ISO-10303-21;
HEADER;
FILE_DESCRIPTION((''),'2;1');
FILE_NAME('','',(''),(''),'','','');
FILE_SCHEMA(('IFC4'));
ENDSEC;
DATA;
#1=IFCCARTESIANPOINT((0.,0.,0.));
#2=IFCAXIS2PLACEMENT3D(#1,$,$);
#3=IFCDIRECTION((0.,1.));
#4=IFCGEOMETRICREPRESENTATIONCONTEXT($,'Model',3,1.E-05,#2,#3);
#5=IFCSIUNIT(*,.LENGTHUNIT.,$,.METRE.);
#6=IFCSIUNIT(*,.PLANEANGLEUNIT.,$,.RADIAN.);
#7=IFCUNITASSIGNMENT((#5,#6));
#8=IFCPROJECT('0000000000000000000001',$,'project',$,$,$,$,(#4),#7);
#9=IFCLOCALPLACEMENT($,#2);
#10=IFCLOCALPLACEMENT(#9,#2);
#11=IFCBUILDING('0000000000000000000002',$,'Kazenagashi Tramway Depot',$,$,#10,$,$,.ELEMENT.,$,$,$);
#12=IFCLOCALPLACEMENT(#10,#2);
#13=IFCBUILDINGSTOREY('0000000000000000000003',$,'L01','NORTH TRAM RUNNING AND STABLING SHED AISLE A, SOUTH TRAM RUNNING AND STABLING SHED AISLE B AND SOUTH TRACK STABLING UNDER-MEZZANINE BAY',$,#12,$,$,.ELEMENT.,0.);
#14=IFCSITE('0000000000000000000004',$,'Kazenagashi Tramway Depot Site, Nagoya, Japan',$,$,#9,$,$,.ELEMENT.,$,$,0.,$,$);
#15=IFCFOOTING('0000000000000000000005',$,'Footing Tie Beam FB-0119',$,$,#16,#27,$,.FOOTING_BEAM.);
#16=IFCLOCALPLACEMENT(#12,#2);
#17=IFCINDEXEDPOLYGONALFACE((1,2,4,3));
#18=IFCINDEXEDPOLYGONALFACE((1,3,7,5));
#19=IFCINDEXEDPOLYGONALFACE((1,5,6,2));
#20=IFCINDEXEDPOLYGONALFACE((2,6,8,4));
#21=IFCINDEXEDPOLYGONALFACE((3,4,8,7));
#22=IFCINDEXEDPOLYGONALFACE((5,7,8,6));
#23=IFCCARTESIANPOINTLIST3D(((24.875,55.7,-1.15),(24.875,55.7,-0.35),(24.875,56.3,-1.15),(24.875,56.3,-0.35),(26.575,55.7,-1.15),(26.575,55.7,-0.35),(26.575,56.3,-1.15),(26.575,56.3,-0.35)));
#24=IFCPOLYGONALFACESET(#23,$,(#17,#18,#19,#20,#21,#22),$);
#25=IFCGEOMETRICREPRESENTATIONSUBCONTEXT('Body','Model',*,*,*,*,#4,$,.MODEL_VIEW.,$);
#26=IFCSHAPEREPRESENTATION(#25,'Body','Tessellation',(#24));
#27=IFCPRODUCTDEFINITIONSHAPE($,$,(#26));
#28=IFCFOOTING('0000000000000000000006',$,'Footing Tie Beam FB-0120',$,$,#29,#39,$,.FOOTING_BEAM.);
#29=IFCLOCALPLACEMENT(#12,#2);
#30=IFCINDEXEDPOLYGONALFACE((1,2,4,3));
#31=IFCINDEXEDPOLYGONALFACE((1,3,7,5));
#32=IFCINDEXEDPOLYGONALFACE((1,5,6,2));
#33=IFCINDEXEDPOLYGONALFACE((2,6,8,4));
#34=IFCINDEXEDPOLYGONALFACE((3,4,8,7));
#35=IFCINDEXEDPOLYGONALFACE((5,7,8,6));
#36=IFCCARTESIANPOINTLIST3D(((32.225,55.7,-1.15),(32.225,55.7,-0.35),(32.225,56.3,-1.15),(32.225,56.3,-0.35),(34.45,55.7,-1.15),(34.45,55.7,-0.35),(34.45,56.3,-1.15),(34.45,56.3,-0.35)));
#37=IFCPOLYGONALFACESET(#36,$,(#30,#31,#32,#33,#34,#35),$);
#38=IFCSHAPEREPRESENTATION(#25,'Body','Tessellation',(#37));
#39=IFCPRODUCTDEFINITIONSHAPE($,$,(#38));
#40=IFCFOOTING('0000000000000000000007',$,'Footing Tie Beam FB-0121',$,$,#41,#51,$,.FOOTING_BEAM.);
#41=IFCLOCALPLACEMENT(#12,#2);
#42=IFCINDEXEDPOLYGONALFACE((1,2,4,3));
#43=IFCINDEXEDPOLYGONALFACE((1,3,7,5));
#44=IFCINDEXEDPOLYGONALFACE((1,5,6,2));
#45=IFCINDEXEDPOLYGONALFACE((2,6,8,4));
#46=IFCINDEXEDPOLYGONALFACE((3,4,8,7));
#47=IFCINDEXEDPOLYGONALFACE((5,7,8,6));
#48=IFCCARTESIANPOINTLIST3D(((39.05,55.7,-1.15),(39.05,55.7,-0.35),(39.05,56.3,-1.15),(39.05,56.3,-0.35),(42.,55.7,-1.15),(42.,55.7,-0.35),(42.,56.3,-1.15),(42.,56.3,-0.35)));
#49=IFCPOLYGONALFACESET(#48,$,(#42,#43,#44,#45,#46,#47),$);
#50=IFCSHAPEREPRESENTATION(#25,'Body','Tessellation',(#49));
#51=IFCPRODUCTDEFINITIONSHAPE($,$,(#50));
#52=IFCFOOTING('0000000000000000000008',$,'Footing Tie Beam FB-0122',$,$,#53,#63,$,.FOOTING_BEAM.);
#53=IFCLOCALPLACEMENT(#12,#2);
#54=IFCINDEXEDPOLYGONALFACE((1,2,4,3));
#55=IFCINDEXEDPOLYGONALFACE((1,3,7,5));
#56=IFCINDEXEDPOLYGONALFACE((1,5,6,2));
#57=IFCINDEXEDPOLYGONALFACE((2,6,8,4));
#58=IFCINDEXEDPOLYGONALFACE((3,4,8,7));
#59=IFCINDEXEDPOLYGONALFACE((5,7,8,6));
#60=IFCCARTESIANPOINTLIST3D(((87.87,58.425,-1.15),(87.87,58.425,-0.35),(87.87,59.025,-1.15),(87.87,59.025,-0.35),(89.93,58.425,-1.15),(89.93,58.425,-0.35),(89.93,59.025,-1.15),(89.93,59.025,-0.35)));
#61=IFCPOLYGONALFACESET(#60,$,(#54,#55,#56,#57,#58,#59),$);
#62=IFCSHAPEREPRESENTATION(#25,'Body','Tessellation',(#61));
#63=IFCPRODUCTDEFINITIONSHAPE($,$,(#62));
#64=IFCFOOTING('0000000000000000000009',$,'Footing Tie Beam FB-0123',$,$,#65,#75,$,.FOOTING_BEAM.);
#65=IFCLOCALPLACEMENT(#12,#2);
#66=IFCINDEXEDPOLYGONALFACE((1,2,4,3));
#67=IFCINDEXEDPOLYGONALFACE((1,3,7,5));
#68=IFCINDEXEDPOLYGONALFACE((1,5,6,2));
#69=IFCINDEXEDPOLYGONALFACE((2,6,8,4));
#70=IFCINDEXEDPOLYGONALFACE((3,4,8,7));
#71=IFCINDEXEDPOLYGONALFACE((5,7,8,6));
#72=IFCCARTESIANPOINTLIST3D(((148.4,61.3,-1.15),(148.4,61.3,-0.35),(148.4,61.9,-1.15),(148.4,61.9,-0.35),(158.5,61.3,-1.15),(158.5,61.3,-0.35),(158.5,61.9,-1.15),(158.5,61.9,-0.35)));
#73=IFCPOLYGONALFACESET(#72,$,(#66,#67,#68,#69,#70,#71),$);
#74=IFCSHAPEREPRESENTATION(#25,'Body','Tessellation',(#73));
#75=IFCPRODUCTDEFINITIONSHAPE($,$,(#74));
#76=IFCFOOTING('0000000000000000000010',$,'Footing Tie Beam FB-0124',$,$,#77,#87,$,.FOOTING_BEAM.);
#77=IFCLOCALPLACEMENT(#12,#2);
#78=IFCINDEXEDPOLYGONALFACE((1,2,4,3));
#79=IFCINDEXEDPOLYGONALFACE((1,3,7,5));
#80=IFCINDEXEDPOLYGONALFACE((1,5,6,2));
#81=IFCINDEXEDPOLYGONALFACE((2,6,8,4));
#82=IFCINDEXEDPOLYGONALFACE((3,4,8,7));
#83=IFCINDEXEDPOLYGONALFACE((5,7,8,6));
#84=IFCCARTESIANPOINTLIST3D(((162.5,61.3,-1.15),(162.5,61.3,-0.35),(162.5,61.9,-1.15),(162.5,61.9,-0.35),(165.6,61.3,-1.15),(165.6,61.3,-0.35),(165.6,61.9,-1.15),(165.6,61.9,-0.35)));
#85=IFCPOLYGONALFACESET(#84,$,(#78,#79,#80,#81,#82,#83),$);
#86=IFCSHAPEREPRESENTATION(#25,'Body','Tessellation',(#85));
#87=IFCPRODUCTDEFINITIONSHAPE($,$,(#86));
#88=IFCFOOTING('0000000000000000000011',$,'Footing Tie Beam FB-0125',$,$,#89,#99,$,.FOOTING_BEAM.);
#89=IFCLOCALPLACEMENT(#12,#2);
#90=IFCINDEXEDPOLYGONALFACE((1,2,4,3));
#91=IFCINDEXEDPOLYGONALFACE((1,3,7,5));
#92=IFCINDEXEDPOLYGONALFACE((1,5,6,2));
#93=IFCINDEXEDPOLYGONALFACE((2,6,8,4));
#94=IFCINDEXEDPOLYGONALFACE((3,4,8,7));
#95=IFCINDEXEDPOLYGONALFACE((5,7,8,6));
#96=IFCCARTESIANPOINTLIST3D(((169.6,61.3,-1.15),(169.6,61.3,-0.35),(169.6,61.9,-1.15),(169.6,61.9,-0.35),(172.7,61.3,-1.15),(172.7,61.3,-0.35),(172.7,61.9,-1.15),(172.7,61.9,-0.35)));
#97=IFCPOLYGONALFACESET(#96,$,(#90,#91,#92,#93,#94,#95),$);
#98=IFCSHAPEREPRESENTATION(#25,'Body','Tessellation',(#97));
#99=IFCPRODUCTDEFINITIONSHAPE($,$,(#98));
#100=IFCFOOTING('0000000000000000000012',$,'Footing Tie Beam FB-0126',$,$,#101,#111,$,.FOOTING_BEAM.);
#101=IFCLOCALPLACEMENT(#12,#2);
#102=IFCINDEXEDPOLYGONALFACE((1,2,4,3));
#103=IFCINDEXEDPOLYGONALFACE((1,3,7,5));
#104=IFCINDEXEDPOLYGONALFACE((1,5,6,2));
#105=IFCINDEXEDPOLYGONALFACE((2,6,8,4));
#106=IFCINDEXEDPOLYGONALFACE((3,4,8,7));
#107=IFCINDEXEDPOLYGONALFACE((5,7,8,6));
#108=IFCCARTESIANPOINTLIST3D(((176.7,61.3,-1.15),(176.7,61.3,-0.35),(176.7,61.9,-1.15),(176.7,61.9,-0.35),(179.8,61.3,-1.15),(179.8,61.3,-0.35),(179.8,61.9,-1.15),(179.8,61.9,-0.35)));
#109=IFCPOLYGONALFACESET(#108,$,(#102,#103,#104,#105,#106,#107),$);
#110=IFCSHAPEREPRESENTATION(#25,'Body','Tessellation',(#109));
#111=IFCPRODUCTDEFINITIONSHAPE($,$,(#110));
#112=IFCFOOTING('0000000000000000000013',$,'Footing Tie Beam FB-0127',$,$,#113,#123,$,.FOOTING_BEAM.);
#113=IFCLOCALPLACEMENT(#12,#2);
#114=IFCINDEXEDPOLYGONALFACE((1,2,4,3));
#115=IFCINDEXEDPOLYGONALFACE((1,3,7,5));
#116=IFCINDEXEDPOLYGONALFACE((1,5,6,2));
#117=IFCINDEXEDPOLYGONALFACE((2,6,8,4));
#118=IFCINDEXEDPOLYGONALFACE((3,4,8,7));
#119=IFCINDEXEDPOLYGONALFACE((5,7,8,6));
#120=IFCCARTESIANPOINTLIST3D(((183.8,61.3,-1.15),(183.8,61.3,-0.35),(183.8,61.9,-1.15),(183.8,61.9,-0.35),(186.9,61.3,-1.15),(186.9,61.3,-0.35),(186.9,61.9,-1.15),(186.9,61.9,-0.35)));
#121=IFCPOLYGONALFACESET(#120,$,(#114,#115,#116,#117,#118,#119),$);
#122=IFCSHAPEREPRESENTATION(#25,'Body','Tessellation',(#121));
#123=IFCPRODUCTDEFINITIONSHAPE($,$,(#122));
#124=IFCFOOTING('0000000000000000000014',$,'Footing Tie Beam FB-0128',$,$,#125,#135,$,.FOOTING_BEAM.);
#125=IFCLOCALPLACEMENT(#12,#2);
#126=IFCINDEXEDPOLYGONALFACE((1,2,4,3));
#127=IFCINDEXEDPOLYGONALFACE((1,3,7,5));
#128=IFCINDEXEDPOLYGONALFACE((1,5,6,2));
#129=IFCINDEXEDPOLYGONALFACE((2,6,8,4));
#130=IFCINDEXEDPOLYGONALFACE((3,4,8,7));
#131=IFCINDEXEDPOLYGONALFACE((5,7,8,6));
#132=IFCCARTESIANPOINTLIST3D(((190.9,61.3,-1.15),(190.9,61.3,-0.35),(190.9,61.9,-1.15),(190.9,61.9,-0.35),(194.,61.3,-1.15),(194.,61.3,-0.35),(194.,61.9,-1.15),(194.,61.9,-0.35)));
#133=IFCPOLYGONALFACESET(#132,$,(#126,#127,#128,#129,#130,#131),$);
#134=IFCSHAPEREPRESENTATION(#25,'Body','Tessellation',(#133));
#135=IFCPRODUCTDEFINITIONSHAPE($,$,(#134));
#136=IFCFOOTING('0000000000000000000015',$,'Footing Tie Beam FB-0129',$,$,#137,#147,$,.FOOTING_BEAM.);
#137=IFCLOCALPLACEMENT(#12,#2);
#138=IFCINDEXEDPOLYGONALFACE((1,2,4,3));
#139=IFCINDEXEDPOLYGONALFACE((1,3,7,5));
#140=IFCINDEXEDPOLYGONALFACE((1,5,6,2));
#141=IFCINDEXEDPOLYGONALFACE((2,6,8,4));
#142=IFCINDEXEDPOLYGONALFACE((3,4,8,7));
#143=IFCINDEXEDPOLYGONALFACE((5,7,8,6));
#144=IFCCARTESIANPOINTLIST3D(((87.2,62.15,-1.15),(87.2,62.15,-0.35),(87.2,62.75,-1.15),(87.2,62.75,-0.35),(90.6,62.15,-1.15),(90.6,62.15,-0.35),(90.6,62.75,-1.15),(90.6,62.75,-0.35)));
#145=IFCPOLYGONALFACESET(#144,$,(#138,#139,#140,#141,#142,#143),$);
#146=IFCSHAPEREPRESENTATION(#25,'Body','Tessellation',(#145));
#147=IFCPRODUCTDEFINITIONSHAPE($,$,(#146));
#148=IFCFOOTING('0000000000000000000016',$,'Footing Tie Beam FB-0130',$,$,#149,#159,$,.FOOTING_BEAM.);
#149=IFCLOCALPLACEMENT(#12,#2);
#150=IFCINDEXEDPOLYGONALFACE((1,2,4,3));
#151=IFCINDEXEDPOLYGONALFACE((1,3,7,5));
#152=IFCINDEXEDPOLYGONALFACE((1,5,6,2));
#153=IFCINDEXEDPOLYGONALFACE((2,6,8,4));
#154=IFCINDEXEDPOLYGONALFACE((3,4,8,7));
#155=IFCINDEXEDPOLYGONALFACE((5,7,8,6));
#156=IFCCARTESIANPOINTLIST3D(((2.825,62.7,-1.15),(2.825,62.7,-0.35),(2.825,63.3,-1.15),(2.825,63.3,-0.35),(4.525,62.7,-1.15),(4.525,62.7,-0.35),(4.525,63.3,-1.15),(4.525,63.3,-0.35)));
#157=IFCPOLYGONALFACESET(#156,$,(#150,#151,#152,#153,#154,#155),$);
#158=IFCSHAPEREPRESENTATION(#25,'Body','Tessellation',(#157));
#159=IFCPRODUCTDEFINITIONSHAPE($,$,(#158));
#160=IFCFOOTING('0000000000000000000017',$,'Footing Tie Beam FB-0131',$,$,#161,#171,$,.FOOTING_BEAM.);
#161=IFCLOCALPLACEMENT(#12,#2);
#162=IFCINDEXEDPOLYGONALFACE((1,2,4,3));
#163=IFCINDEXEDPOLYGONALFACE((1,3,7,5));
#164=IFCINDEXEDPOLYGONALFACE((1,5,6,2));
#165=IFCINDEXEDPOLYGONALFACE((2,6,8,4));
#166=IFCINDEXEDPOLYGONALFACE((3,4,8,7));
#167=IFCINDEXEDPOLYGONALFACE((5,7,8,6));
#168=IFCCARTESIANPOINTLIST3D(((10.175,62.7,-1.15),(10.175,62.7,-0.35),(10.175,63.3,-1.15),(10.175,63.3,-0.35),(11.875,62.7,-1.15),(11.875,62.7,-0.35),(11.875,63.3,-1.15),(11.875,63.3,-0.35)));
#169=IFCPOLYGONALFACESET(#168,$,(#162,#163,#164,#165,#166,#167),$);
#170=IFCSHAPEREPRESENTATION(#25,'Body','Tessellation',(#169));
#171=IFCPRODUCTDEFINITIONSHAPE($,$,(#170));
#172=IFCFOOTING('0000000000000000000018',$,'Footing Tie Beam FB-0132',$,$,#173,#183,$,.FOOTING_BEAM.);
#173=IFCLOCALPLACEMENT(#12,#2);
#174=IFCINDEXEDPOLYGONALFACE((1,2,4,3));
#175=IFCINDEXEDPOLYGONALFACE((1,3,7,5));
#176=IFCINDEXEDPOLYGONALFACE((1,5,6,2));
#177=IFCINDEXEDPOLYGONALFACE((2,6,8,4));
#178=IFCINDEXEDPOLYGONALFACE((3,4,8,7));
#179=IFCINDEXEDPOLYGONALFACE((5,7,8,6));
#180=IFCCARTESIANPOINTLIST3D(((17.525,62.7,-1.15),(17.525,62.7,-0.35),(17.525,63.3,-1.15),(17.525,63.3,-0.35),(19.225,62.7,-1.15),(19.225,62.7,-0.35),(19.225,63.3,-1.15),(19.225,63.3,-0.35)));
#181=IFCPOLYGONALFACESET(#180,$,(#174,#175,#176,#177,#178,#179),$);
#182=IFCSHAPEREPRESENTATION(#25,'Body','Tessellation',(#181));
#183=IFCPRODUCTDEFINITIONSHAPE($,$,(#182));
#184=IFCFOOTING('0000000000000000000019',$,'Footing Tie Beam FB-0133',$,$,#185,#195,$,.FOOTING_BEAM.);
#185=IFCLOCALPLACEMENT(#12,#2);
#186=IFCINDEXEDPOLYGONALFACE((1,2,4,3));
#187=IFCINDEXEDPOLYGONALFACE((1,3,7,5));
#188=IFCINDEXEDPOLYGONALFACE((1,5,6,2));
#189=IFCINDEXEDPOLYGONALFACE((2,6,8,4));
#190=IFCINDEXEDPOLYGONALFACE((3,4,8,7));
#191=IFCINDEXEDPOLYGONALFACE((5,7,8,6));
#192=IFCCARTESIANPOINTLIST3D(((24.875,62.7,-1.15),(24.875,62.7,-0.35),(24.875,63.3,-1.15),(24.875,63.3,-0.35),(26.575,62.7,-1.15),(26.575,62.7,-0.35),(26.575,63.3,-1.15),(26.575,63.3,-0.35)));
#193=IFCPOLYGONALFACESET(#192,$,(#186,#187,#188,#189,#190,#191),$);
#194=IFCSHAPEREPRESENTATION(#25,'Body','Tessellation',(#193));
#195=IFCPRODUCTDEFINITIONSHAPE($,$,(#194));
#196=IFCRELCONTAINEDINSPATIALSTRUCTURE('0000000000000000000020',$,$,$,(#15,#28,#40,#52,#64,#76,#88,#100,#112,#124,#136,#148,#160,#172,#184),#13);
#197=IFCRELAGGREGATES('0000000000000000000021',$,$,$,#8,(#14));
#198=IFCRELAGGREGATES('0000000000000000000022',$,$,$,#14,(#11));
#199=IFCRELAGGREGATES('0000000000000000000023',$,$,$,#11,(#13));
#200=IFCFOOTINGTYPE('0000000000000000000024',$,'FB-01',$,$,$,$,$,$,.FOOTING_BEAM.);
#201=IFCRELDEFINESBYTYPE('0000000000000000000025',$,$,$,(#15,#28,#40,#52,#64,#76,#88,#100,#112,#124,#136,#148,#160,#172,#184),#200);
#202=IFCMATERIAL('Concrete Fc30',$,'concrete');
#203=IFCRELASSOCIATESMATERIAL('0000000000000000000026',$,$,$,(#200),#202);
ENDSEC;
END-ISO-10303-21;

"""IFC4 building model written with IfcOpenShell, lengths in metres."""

from ifc_helpers import new_model, si_unit, direction, frame, origin, place, context, subcontext, project, spatial, polyline, outline, extrude, material, type_object, element, save


model = new_model("IFC4")

# Units and contexts
model_context = context("Model", 3, precision=1e-05, world=origin(), true_north=direction((0.0, 1.0)))
body_context = subcontext(model_context, "Body", "Model", "MODEL_VIEW")
ifc_project = project(units=[si_unit("LENGTHUNIT", "METRE"), si_unit("PLANEANGLEUNIT", "RADIAN")], contexts=[model_context])

# Site, building, storey
site_placement = place(None, origin())
site = spatial("IfcSite", under=ifc_project, at=site_placement, Name="Kazenagashi Tramway Depot Site, Nagoya, Japan", CompositionType="ELEMENT", RefElevation=0.0)
building_placement = place(site_placement, origin())
building = spatial("IfcBuilding", under=site, at=building_placement, Name="Kazenagashi Tramway Depot", CompositionType="ELEMENT")
storey_placement = place(building_placement, origin())
storey = spatial("IfcBuildingStorey", under=building, at=storey_placement, Name="L01", Description="NORTH TRAM RUNNING AND STABLING SHED AISLE A, SOUTH TRAM RUNNING AND STABLING SHED AISLE B AND SOUTH TRACK STABLING UNDER-MEZZANINE BAY", CompositionType="ELEMENT", Elevation=0.0)

# Footings
ifc_material = material(Name="Concrete Fc30", Category="concrete")
footing_type_1 = type_object("IfcFootingType", Name="FB-01", PredefinedType="FOOTING_BEAM", material=ifc_material)
footing_1_placement = place(storey_placement, frame((0.0, 0.0, -1.15)))
element("IfcFooting", 1, at=footing_1_placement, inside=storey, type_object=footing_type_1, Name="Footing Tie Beam FB-0119", PredefinedType="FOOTING_BEAM", context=body_context, shape_type="SweptSolid", body=[
    extrude(outline(polyline([(24.875, 55.7), (26.575, 55.7), (26.575, 56.3), (24.875, 56.3), (24.875, 55.7)])), origin(), (0.0, 0.0, 1.0), 0.8),
])
footing_2_placement = place(storey_placement, frame((0.0, 0.0, -1.15)))
element("IfcFooting", 2, at=footing_2_placement, inside=storey, type_object=footing_type_1, Name="Footing Tie Beam FB-0120", PredefinedType="FOOTING_BEAM", context=body_context, shape_type="SweptSolid", body=[
    extrude(outline(polyline([(32.225, 55.7), (34.45, 55.7), (34.45, 56.3), (32.225, 56.3), (32.225, 55.7)])), origin(), (0.0, 0.0, 1.0), 0.8),
])
footing_3_placement = place(storey_placement, frame((0.0, 0.0, -1.15)))
element("IfcFooting", 3, at=footing_3_placement, inside=storey, type_object=footing_type_1, Name="Footing Tie Beam FB-0121", PredefinedType="FOOTING_BEAM", context=body_context, shape_type="SweptSolid", body=[
    extrude(outline(polyline([(39.05, 55.7), (42.0, 55.7), (42.0, 56.3), (39.05, 56.3), (39.05, 55.7)])), origin(), (0.0, 0.0, 1.0), 0.8),
])
footing_4_placement = place(storey_placement, frame((0.0, 0.0, -1.15)))
element("IfcFooting", 4, at=footing_4_placement, inside=storey, type_object=footing_type_1, Name="Footing Tie Beam FB-0122", PredefinedType="FOOTING_BEAM", context=body_context, shape_type="SweptSolid", body=[
    extrude(outline(polyline([(87.87, 58.425), (89.93, 58.425), (89.93, 59.025), (87.87, 59.025), (87.87, 58.425)])), origin(), (0.0, 0.0, 1.0), 0.8),
])
footing_5_placement = place(storey_placement, frame((0.0, 0.0, -1.15)))
element("IfcFooting", 5, at=footing_5_placement, inside=storey, type_object=footing_type_1, Name="Footing Tie Beam FB-0123", PredefinedType="FOOTING_BEAM", context=body_context, shape_type="SweptSolid", body=[
    extrude(outline(polyline([(148.4, 61.3), (158.5, 61.3), (158.5, 61.9), (148.4, 61.9), (148.4, 61.3)])), origin(), (0.0, 0.0, 1.0), 0.8),
])
footing_6_placement = place(storey_placement, frame((0.0, 0.0, -1.15)))
element("IfcFooting", 6, at=footing_6_placement, inside=storey, type_object=footing_type_1, Name="Footing Tie Beam FB-0124", PredefinedType="FOOTING_BEAM", context=body_context, shape_type="SweptSolid", body=[
    extrude(outline(polyline([(162.5, 61.3), (165.6, 61.3), (165.6, 61.9), (162.5, 61.9), (162.5, 61.3)])), origin(), (0.0, 0.0, 1.0), 0.8),
])
footing_7_placement = place(storey_placement, frame((0.0, 0.0, -1.15)))
element("IfcFooting", 7, at=footing_7_placement, inside=storey, type_object=footing_type_1, Name="Footing Tie Beam FB-0125", PredefinedType="FOOTING_BEAM", context=body_context, shape_type="SweptSolid", body=[
    extrude(outline(polyline([(169.6, 61.3), (172.7, 61.3), (172.7, 61.9), (169.6, 61.9), (169.6, 61.3)])), origin(), (0.0, 0.0, 1.0), 0.8),
])
footing_8_placement = place(storey_placement, frame((0.0, 0.0, -1.15)))
element("IfcFooting", 8, at=footing_8_placement, inside=storey, type_object=footing_type_1, Name="Footing Tie Beam FB-0126", PredefinedType="FOOTING_BEAM", context=body_context, shape_type="SweptSolid", body=[
    extrude(outline(polyline([(176.7, 61.3), (179.8, 61.3), (179.8, 61.9), (176.7, 61.9), (176.7, 61.3)])), origin(), (0.0, 0.0, 1.0), 0.8),
])
footing_9_placement = place(storey_placement, frame((0.0, 0.0, -1.15)))
element("IfcFooting", 9, at=footing_9_placement, inside=storey, type_object=footing_type_1, Name="Footing Tie Beam FB-0127", PredefinedType="FOOTING_BEAM", context=body_context, shape_type="SweptSolid", body=[
    extrude(outline(polyline([(183.8, 61.3), (186.9, 61.3), (186.9, 61.9), (183.8, 61.9), (183.8, 61.3)])), origin(), (0.0, 0.0, 1.0), 0.8),
])
footing_10_placement = place(storey_placement, frame((0.0, 0.0, -1.15)))
element("IfcFooting", 10, at=footing_10_placement, inside=storey, type_object=footing_type_1, Name="Footing Tie Beam FB-0128", PredefinedType="FOOTING_BEAM", context=body_context, shape_type="SweptSolid", body=[
    extrude(outline(polyline([(190.9, 61.3), (194.0, 61.3), (194.0, 61.9), (190.9, 61.9), (190.9, 61.3)])), origin(), (0.0, 0.0, 1.0), 0.8),
])
footing_11_placement = place(storey_placement, frame((0.0, 0.0, -1.15)))
element("IfcFooting", 11, at=footing_11_placement, inside=storey, type_object=footing_type_1, Name="Footing Tie Beam FB-0129", PredefinedType="FOOTING_BEAM", context=body_context, shape_type="SweptSolid", body=[
    extrude(outline(polyline([(87.2, 62.15), (90.6, 62.15), (90.6, 62.75), (87.2, 62.75), (87.2, 62.15)])), origin(), (0.0, 0.0, 1.0), 0.8),
])
footing_12_placement = place(storey_placement, frame((0.0, 0.0, -1.15)))
element("IfcFooting", 12, at=footing_12_placement, inside=storey, type_object=footing_type_1, Name="Footing Tie Beam FB-0130", PredefinedType="FOOTING_BEAM", context=body_context, shape_type="SweptSolid", body=[
    extrude(outline(polyline([(2.825, 62.7), (4.525, 62.7), (4.525, 63.3), (2.825, 63.3), (2.825, 62.7)])), origin(), (0.0, 0.0, 1.0), 0.8),
])
footing_13_placement = place(storey_placement, frame((0.0, 0.0, -1.15)))
element("IfcFooting", 13, at=footing_13_placement, inside=storey, type_object=footing_type_1, Name="Footing Tie Beam FB-0131", PredefinedType="FOOTING_BEAM", context=body_context, shape_type="SweptSolid", body=[
    extrude(outline(polyline([(10.175, 62.7), (11.875, 62.7), (11.875, 63.3), (10.175, 63.3), (10.175, 62.7)])), origin(), (0.0, 0.0, 1.0), 0.8),
])
footing_14_placement = place(storey_placement, frame((0.0, 0.0, -1.15)))
element("IfcFooting", 14, at=footing_14_placement, inside=storey, type_object=footing_type_1, Name="Footing Tie Beam FB-0132", PredefinedType="FOOTING_BEAM", context=body_context, shape_type="SweptSolid", body=[
    extrude(outline(polyline([(17.525, 62.7), (19.225, 62.7), (19.225, 63.3), (17.525, 63.3), (17.525, 62.7)])), origin(), (0.0, 0.0, 1.0), 0.8),
])
footing_15_placement = place(storey_placement, frame((0.0, 0.0, -1.15)))
element("IfcFooting", 15, at=footing_15_placement, inside=storey, type_object=footing_type_1, Name="Footing Tie Beam FB-0133", PredefinedType="FOOTING_BEAM", context=body_context, shape_type="SweptSolid", body=[
    extrude(outline(polyline([(24.875, 62.7), (26.575, 62.7), (26.575, 63.3), (24.875, 63.3), (24.875, 62.7)])), origin(), (0.0, 0.0, 1.0), 0.8),
])

save(model, "model.ifc")
